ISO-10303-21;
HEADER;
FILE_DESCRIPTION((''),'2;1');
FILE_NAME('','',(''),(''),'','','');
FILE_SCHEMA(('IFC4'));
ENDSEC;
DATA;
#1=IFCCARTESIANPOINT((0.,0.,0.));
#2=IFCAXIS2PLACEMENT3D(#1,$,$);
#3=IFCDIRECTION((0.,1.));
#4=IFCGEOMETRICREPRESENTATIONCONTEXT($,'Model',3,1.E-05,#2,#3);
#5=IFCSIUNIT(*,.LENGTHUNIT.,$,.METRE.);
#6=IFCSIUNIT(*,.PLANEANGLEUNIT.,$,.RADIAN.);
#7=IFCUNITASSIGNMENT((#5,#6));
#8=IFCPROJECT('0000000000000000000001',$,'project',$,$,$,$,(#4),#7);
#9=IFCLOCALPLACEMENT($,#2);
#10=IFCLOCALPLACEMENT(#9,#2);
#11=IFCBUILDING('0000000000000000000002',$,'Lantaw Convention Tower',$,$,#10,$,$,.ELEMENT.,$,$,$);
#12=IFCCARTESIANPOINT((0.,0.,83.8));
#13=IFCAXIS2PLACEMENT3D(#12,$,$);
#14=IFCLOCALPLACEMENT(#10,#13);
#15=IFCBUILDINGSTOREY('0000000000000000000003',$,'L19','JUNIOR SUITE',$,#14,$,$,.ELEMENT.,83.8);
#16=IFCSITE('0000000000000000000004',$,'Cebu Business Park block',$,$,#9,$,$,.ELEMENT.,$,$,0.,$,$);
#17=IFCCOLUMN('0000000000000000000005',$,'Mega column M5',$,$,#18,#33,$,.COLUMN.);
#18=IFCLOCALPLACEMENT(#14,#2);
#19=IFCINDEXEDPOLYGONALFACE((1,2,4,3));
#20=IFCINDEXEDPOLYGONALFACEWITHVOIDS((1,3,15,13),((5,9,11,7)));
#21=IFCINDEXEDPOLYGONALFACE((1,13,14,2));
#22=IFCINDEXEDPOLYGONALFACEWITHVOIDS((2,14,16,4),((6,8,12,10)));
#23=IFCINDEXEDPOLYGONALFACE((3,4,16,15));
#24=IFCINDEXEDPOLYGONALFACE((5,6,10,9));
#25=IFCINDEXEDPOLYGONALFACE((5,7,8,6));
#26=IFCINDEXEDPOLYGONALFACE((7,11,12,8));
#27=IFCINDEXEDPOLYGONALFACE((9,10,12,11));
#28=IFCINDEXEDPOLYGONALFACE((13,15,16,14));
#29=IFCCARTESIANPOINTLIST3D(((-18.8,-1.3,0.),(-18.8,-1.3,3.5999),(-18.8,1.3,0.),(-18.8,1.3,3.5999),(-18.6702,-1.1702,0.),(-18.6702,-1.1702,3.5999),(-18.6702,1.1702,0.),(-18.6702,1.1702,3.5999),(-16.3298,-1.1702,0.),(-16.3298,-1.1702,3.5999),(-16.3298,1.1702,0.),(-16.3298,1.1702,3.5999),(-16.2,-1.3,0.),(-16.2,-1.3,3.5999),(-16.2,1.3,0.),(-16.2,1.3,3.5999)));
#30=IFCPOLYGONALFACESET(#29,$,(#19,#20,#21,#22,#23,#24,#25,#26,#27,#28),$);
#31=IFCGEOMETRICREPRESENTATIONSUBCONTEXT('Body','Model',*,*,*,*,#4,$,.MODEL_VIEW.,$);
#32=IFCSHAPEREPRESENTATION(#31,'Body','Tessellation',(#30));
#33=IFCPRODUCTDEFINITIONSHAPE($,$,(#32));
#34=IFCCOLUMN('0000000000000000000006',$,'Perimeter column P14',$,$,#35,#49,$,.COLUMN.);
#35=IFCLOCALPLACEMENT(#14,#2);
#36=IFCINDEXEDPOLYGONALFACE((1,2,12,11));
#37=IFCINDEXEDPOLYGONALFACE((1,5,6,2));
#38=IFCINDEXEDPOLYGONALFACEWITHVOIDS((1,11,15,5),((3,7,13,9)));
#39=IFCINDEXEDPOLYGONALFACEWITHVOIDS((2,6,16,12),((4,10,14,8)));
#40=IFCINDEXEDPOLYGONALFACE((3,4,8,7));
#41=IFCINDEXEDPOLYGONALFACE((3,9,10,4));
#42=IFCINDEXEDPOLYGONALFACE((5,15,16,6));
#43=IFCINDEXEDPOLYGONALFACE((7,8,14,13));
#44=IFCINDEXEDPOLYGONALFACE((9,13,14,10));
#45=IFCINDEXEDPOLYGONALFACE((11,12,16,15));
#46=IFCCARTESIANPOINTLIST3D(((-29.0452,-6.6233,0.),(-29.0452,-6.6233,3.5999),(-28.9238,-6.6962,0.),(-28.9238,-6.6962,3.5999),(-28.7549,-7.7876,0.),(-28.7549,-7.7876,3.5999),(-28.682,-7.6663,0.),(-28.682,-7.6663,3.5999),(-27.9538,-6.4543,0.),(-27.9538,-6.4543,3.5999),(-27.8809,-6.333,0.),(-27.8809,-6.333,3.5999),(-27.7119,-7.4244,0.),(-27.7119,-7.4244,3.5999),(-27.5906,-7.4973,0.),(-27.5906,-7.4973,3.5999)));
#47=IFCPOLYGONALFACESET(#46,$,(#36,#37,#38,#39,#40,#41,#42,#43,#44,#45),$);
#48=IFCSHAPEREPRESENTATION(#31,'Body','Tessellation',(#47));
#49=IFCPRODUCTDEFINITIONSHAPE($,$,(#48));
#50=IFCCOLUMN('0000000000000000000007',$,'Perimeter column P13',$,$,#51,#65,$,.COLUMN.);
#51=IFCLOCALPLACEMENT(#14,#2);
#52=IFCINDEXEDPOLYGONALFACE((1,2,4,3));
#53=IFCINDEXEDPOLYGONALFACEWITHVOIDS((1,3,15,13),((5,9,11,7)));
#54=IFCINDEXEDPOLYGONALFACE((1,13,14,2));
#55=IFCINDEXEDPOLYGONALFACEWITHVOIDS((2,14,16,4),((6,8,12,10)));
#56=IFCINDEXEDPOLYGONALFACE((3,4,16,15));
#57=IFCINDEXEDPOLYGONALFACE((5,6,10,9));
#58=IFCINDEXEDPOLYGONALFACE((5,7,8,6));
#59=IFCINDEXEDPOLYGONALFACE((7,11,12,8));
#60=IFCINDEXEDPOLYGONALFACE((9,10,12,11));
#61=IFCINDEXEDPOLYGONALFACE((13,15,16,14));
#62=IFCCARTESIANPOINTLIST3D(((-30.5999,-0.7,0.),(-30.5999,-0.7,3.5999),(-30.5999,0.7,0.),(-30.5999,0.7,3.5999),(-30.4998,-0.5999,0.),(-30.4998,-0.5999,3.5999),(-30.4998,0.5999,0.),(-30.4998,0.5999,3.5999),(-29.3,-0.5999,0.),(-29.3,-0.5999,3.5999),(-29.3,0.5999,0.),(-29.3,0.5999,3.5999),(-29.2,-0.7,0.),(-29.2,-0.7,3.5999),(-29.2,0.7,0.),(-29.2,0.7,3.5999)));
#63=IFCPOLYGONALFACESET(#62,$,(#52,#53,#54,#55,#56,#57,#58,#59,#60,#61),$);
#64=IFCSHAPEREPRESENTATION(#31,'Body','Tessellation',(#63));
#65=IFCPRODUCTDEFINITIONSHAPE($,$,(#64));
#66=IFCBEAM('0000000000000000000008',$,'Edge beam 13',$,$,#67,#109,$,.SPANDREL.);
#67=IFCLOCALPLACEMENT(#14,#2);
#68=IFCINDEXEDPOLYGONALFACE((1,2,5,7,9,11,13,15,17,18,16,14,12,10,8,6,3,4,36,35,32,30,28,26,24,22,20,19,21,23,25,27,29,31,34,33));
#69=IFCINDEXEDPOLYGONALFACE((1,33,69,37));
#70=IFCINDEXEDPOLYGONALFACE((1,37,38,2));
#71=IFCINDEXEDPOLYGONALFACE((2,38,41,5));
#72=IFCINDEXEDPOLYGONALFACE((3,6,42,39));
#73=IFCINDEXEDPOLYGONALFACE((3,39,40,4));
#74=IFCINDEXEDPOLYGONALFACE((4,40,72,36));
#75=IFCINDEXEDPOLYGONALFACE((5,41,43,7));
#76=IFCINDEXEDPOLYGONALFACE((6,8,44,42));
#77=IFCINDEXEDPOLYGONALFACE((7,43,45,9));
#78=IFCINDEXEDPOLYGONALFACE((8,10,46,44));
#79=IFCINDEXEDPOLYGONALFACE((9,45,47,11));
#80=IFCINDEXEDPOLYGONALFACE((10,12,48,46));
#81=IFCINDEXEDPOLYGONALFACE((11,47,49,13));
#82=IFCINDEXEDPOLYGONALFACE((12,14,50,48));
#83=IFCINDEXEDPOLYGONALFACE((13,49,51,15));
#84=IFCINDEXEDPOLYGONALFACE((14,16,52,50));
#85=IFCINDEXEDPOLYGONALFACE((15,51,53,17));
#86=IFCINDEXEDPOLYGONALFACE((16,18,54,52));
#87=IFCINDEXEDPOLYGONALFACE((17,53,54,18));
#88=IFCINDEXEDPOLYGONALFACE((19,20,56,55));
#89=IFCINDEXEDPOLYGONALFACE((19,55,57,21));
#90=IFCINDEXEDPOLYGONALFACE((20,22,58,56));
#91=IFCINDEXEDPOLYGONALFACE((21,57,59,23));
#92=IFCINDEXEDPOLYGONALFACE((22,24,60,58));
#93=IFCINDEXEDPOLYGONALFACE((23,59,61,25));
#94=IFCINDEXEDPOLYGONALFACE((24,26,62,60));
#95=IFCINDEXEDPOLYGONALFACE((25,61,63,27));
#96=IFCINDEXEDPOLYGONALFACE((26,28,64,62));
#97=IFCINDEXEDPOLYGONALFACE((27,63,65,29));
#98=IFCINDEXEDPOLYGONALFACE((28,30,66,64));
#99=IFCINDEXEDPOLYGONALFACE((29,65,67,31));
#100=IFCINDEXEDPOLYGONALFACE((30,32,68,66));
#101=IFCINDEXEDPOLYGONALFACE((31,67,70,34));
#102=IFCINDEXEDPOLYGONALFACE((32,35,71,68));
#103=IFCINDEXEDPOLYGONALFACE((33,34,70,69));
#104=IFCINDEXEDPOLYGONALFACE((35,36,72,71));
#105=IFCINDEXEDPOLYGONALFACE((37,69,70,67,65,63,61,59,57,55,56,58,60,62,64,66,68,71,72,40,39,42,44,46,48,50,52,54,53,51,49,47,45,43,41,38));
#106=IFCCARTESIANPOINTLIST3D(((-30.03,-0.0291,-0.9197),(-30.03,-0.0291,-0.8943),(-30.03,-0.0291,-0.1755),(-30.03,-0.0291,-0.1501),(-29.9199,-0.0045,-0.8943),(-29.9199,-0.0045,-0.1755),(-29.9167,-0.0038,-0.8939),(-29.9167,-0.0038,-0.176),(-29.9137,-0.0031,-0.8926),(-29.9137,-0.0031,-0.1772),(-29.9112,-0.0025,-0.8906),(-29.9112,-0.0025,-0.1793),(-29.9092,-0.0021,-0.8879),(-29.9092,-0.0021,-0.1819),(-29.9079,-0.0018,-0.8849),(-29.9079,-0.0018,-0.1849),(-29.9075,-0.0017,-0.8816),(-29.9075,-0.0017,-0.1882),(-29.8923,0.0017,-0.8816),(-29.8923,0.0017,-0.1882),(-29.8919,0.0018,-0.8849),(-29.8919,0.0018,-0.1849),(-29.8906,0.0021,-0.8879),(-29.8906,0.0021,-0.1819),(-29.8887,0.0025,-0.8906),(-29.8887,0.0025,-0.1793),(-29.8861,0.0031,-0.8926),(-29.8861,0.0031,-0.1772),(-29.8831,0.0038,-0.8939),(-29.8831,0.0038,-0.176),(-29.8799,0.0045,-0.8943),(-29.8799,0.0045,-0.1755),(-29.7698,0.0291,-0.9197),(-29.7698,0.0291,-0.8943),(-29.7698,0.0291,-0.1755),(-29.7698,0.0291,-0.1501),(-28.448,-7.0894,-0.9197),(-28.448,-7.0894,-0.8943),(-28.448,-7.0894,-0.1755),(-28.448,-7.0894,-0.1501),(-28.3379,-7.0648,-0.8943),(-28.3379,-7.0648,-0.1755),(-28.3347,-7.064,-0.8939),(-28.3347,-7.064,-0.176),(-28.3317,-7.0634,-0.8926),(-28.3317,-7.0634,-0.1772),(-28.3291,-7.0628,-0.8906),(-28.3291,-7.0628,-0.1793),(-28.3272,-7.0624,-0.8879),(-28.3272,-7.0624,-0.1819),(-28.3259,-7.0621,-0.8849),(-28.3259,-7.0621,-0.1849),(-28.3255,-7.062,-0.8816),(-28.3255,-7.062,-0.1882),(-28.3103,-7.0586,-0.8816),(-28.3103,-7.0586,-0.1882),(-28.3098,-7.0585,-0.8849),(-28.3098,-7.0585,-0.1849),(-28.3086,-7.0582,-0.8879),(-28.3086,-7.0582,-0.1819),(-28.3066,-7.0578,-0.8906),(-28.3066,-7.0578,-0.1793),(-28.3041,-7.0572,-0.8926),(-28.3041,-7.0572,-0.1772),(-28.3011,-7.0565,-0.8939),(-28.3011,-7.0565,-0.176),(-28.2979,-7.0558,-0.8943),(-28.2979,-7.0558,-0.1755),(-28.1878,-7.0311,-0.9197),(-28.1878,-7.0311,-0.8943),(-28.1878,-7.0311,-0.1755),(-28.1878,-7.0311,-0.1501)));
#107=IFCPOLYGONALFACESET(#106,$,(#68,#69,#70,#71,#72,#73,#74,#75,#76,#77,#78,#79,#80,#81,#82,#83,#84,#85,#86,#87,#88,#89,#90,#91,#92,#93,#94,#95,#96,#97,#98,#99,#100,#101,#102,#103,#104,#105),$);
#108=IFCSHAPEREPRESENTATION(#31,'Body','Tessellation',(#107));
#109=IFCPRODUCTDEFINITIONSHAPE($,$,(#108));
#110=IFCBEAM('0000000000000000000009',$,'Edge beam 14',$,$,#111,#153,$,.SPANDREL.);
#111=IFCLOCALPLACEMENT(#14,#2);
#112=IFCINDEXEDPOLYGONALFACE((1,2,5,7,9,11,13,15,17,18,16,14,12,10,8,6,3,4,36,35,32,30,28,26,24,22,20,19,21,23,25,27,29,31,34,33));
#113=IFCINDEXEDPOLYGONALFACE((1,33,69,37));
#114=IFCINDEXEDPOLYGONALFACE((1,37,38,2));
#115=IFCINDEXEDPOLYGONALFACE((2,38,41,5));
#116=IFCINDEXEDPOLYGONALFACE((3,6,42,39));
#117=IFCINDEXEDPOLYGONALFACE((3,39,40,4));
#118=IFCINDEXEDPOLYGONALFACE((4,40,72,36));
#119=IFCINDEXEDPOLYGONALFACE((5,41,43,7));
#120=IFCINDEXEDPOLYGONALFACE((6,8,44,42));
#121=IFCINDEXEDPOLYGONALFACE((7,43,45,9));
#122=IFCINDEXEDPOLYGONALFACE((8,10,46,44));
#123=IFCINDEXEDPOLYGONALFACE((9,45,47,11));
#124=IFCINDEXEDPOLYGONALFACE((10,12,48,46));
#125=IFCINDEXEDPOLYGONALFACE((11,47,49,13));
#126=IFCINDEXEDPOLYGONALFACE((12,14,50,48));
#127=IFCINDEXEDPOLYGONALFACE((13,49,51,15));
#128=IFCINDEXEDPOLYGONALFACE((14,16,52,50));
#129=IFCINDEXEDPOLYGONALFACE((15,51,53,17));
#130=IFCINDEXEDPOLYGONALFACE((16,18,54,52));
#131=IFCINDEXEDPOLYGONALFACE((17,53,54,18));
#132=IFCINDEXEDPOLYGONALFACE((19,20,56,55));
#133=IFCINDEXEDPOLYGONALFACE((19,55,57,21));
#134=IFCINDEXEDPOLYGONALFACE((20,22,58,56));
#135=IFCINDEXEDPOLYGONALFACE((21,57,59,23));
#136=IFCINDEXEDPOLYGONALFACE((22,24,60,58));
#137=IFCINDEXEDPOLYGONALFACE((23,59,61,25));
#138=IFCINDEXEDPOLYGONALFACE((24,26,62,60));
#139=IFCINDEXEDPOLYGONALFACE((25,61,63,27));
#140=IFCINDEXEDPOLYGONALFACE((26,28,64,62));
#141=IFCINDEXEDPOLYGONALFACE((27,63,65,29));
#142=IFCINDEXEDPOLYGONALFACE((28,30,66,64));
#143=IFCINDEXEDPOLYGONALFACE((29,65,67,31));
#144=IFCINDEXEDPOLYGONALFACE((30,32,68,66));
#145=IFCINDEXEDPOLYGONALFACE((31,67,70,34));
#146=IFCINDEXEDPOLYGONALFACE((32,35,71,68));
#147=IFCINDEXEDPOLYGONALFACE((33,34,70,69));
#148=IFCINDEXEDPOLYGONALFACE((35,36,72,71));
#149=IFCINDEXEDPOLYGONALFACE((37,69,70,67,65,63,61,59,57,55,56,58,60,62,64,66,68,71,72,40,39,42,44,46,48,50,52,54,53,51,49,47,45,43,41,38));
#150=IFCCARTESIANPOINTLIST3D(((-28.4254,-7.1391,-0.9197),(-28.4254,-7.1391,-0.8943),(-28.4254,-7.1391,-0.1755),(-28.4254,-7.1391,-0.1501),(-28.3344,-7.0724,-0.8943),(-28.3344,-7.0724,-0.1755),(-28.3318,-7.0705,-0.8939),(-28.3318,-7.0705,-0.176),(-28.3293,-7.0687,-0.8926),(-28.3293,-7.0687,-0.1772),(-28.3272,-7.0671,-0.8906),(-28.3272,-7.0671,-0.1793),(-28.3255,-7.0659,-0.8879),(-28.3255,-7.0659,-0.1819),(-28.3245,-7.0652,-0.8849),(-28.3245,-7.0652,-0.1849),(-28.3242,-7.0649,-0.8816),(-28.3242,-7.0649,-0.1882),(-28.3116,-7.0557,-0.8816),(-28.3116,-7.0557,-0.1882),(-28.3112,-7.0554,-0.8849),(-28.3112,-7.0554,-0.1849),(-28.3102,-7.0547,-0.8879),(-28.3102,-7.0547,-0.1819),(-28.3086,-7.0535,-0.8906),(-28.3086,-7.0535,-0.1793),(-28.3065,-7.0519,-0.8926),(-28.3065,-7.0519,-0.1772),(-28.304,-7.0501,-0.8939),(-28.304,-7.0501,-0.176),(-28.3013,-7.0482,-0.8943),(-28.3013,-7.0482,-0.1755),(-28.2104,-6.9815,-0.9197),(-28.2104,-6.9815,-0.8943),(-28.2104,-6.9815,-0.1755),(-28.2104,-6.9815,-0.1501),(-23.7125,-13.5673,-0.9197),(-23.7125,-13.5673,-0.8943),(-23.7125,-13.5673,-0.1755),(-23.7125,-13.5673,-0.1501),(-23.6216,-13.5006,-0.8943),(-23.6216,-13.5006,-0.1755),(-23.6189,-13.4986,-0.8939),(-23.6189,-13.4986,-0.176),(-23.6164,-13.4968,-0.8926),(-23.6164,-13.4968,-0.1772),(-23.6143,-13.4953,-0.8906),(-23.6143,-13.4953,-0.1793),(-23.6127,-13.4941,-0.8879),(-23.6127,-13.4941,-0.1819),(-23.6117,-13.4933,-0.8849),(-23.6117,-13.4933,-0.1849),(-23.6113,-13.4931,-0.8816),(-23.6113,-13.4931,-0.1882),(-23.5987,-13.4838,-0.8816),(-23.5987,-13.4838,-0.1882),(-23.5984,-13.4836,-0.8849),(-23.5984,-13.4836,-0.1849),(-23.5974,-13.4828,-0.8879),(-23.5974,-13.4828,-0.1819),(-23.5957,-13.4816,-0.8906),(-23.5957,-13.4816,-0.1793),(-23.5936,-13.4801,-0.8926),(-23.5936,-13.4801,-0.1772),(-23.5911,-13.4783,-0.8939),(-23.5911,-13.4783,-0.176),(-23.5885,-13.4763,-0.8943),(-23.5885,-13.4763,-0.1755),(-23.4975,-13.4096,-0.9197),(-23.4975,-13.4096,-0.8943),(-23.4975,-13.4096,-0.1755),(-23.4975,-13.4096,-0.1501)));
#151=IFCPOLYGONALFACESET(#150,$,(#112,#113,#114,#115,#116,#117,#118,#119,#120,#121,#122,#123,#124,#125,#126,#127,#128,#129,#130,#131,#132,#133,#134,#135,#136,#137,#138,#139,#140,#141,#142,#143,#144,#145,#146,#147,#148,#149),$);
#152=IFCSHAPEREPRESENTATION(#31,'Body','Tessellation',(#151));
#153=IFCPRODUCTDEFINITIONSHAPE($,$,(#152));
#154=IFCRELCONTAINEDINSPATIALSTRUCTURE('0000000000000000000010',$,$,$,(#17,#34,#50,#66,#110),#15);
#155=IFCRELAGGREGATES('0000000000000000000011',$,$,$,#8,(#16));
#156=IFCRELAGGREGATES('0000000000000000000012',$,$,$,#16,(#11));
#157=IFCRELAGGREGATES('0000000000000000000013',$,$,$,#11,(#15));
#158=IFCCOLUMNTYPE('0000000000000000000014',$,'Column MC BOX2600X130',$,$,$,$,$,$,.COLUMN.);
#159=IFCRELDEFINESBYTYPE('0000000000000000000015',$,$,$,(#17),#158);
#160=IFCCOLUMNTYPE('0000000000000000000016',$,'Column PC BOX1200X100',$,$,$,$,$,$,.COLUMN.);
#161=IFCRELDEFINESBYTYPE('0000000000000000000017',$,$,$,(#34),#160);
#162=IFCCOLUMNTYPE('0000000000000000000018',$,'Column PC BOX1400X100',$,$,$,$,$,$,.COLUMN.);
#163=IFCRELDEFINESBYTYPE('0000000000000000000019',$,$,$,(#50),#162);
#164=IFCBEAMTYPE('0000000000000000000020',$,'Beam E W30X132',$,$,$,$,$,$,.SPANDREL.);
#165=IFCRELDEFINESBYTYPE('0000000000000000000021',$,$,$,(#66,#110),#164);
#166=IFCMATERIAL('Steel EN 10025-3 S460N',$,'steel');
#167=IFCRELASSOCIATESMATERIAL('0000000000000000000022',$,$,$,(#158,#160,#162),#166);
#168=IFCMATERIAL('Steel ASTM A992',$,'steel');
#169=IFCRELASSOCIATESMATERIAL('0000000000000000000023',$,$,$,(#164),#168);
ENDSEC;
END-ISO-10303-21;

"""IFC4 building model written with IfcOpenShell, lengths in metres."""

from ifc_helpers import new_model, si_unit, direction, frame, origin, origin_2d, place, context, subcontext, project, spatial, rectangle, hollow_rectangle, i_section, extrude, material, material_profile, profile_set, type_object, element, save


model = new_model("IFC4")

# Units and contexts
model_context = context("Model", 3, precision=1e-05, world=origin(), true_north=direction((0.0, 1.0)))
body_context = subcontext(model_context, "Body", "Model", "MODEL_VIEW")
ifc_project = project(units=[si_unit("LENGTHUNIT", "METRE"), si_unit("PLANEANGLEUNIT", "RADIAN")], contexts=[model_context])

# Site, building, storey
site_placement = place(None, origin())
site = spatial("IfcSite", under=ifc_project, at=site_placement, Name="Cebu Business Park block", CompositionType="ELEMENT", RefElevation=0.0)
building_placement = place(site_placement, origin())
building = spatial("IfcBuilding", under=site, at=building_placement, Name="Lantaw Convention Tower", CompositionType="ELEMENT")
storey_placement = place(building_placement, frame((0.0, 0.0, 83.8)))
storey = spatial("IfcBuildingStorey", under=building, at=storey_placement, Name="L19", Description="JUNIOR SUITE", CompositionType="ELEMENT", Elevation=83.8)

# Columns
ifc_material_1 = material(Name="Steel EN 10025-3 S460N", Category="steel")
ifc_material_profile_1 = material_profile(ifc_material_1, hollow_rectangle(XDim=2.6001, YDim=2.6001, WallThickness=0.1299, at=origin_2d()), Name="BOX2600X130")
ifc_material_2 = material(Name="Concrete C60/75", Category="concrete")
ifc_material_profile_2 = material_profile(ifc_material_2, rectangle(XDim=2.3401, YDim=2.3401, at=origin_2d()), Name="Concrete fill of BOX2600X130")
ifc_profile_set_1 = profile_set([ifc_material_profile_1, ifc_material_profile_2], Name="Steel EN 10025-3 S460N")
column_type_1 = type_object("IfcColumnType", Name="Column MC BOX2600X130", PredefinedType="COLUMN", material=ifc_profile_set_1)
column_1_placement = place(storey_placement, frame((-17.5, 0.0, 0.0), z_axis=(0.0, 0.0, 1.0), x_axis=(1.0, 0.0, 0.0)))
element("IfcColumn", 1, at=column_1_placement, inside=storey, type_object=column_type_1, Name="Mega column M5", PredefinedType="COLUMN", context=body_context, shape_type="SweptSolid", body=[
    extrude(hollow_rectangle(XDim=2.6001, YDim=2.6001, WallThickness=0.1299, at=origin_2d()), origin(), (0.0, 0.0, 1.0), 3.5999),
])
ifc_material_profile_3 = material_profile(ifc_material_1, hollow_rectangle(XDim=1.2, YDim=1.2, WallThickness=0.1001, at=origin_2d()), Name="BOX1200X100")
ifc_material_profile_4 = material_profile(ifc_material_2, rectangle(XDim=1.0, YDim=1.0, at=origin_2d()), Name="Concrete fill of BOX1200X100")
ifc_profile_set_2 = profile_set([ifc_material_profile_3, ifc_material_profile_4], Name="Steel EN 10025-3 S460N")
column_type_2 = type_object("IfcColumnType", Name="Column PC BOX1200X100", PredefinedType="COLUMN", material=ifc_profile_set_2)
column_2_placement = place(storey_placement, frame((-28.3179, -7.0603, 0.0), z_axis=(0.0, 0.0, 1.0), x_axis=(0.970296, 0.241922, 0.0)))
element("IfcColumn", 2, at=column_2_placement, inside=storey, type_object=column_type_2, Name="Perimeter column P14", PredefinedType="COLUMN", context=body_context, shape_type="SweptSolid", body=[
    extrude(hollow_rectangle(XDim=1.2, YDim=1.2, WallThickness=0.1001, at=origin_2d()), origin(), (0.0, 0.0, 1.0), 3.5999),
])
ifc_material_profile_5 = material_profile(ifc_material_1, hollow_rectangle(XDim=1.3999, YDim=1.3999, WallThickness=0.1001, at=origin_2d()), Name="BOX1400X100")
ifc_material_profile_6 = material_profile(ifc_material_2, rectangle(XDim=1.2, YDim=1.2, at=origin_2d()), Name="Concrete fill of BOX1400X100")
ifc_profile_set_3 = profile_set([ifc_material_profile_5, ifc_material_profile_6], Name="Steel EN 10025-3 S460N")
column_type_3 = type_object("IfcColumnType", Name="Column PC BOX1400X100", PredefinedType="COLUMN", material=ifc_profile_set_3)
column_3_placement = place(storey_placement, frame((-29.8999, 0.0, 0.0), z_axis=(0.0, 0.0, 1.0), x_axis=(1.0, 0.0, 0.0)))
element("IfcColumn", 3, at=column_3_placement, inside=storey, type_object=column_type_3, Name="Perimeter column P13", PredefinedType="COLUMN", context=body_context, shape_type="SweptSolid", body=[
    extrude(hollow_rectangle(XDim=1.3999, YDim=1.3999, WallThickness=0.1001, at=origin_2d()), origin(), (0.0, 0.0, 1.0), 3.5999),
])

# Beams
ifc_material_3 = material(Name="Steel ASTM A992", Category="steel")
ifc_material_profile_7 = material_profile(ifc_material_3, i_section(OverallWidth=0.2666, OverallDepth=0.7695, WebThickness=0.0156, FlangeThickness=0.0254, FilletRadius=0.0127, at=origin_2d()), Name="W30X132")
ifc_profile_set_4 = profile_set([ifc_material_profile_7], Name="Steel ASTM A992")
beam_type_1 = type_object("IfcBeamType", Name="Beam E W30X132", PredefinedType="SPANDREL", material=ifc_profile_set_4)
beam_1_placement = place(storey_placement, frame((-29.8999, 0.0, -0.5349), z_axis=(0.218652, -0.975803, 0.0), x_axis=(0.975803, 0.218652, 0.0)))
element("IfcBeam", 4, at=beam_1_placement, inside=storey, type_object=beam_type_1, Name="Edge beam 13", PredefinedType="SPANDREL", context=body_context, shape_type="SweptSolid", body=[
    extrude(i_section(OverallWidth=0.2666, OverallDepth=0.7695, WebThickness=0.0156, FlangeThickness=0.0254, FilletRadius=0.0127, at=origin_2d()), origin(), (0.0, 0.0, 1.0), 7.2354),
])
beam_2_placement = place(storey_placement, frame((-28.3179, -7.0603, -0.5349), z_axis=(0.591271, -0.806473, 0.0), x_axis=(0.806473, 0.591271, 0.0)))
element("IfcBeam", 5, at=beam_2_placement, inside=storey, type_object=beam_type_1, Name="Edge beam 14", PredefinedType="SPANDREL", context=body_context, shape_type="SweptSolid", body=[
    extrude(i_section(OverallWidth=0.2666, OverallDepth=0.7695, WebThickness=0.0156, FlangeThickness=0.0254, FilletRadius=0.0127, at=origin_2d()), origin(), (0.0, 0.0, 1.0), 7.9707),
])

save(model, "model.ifc")
